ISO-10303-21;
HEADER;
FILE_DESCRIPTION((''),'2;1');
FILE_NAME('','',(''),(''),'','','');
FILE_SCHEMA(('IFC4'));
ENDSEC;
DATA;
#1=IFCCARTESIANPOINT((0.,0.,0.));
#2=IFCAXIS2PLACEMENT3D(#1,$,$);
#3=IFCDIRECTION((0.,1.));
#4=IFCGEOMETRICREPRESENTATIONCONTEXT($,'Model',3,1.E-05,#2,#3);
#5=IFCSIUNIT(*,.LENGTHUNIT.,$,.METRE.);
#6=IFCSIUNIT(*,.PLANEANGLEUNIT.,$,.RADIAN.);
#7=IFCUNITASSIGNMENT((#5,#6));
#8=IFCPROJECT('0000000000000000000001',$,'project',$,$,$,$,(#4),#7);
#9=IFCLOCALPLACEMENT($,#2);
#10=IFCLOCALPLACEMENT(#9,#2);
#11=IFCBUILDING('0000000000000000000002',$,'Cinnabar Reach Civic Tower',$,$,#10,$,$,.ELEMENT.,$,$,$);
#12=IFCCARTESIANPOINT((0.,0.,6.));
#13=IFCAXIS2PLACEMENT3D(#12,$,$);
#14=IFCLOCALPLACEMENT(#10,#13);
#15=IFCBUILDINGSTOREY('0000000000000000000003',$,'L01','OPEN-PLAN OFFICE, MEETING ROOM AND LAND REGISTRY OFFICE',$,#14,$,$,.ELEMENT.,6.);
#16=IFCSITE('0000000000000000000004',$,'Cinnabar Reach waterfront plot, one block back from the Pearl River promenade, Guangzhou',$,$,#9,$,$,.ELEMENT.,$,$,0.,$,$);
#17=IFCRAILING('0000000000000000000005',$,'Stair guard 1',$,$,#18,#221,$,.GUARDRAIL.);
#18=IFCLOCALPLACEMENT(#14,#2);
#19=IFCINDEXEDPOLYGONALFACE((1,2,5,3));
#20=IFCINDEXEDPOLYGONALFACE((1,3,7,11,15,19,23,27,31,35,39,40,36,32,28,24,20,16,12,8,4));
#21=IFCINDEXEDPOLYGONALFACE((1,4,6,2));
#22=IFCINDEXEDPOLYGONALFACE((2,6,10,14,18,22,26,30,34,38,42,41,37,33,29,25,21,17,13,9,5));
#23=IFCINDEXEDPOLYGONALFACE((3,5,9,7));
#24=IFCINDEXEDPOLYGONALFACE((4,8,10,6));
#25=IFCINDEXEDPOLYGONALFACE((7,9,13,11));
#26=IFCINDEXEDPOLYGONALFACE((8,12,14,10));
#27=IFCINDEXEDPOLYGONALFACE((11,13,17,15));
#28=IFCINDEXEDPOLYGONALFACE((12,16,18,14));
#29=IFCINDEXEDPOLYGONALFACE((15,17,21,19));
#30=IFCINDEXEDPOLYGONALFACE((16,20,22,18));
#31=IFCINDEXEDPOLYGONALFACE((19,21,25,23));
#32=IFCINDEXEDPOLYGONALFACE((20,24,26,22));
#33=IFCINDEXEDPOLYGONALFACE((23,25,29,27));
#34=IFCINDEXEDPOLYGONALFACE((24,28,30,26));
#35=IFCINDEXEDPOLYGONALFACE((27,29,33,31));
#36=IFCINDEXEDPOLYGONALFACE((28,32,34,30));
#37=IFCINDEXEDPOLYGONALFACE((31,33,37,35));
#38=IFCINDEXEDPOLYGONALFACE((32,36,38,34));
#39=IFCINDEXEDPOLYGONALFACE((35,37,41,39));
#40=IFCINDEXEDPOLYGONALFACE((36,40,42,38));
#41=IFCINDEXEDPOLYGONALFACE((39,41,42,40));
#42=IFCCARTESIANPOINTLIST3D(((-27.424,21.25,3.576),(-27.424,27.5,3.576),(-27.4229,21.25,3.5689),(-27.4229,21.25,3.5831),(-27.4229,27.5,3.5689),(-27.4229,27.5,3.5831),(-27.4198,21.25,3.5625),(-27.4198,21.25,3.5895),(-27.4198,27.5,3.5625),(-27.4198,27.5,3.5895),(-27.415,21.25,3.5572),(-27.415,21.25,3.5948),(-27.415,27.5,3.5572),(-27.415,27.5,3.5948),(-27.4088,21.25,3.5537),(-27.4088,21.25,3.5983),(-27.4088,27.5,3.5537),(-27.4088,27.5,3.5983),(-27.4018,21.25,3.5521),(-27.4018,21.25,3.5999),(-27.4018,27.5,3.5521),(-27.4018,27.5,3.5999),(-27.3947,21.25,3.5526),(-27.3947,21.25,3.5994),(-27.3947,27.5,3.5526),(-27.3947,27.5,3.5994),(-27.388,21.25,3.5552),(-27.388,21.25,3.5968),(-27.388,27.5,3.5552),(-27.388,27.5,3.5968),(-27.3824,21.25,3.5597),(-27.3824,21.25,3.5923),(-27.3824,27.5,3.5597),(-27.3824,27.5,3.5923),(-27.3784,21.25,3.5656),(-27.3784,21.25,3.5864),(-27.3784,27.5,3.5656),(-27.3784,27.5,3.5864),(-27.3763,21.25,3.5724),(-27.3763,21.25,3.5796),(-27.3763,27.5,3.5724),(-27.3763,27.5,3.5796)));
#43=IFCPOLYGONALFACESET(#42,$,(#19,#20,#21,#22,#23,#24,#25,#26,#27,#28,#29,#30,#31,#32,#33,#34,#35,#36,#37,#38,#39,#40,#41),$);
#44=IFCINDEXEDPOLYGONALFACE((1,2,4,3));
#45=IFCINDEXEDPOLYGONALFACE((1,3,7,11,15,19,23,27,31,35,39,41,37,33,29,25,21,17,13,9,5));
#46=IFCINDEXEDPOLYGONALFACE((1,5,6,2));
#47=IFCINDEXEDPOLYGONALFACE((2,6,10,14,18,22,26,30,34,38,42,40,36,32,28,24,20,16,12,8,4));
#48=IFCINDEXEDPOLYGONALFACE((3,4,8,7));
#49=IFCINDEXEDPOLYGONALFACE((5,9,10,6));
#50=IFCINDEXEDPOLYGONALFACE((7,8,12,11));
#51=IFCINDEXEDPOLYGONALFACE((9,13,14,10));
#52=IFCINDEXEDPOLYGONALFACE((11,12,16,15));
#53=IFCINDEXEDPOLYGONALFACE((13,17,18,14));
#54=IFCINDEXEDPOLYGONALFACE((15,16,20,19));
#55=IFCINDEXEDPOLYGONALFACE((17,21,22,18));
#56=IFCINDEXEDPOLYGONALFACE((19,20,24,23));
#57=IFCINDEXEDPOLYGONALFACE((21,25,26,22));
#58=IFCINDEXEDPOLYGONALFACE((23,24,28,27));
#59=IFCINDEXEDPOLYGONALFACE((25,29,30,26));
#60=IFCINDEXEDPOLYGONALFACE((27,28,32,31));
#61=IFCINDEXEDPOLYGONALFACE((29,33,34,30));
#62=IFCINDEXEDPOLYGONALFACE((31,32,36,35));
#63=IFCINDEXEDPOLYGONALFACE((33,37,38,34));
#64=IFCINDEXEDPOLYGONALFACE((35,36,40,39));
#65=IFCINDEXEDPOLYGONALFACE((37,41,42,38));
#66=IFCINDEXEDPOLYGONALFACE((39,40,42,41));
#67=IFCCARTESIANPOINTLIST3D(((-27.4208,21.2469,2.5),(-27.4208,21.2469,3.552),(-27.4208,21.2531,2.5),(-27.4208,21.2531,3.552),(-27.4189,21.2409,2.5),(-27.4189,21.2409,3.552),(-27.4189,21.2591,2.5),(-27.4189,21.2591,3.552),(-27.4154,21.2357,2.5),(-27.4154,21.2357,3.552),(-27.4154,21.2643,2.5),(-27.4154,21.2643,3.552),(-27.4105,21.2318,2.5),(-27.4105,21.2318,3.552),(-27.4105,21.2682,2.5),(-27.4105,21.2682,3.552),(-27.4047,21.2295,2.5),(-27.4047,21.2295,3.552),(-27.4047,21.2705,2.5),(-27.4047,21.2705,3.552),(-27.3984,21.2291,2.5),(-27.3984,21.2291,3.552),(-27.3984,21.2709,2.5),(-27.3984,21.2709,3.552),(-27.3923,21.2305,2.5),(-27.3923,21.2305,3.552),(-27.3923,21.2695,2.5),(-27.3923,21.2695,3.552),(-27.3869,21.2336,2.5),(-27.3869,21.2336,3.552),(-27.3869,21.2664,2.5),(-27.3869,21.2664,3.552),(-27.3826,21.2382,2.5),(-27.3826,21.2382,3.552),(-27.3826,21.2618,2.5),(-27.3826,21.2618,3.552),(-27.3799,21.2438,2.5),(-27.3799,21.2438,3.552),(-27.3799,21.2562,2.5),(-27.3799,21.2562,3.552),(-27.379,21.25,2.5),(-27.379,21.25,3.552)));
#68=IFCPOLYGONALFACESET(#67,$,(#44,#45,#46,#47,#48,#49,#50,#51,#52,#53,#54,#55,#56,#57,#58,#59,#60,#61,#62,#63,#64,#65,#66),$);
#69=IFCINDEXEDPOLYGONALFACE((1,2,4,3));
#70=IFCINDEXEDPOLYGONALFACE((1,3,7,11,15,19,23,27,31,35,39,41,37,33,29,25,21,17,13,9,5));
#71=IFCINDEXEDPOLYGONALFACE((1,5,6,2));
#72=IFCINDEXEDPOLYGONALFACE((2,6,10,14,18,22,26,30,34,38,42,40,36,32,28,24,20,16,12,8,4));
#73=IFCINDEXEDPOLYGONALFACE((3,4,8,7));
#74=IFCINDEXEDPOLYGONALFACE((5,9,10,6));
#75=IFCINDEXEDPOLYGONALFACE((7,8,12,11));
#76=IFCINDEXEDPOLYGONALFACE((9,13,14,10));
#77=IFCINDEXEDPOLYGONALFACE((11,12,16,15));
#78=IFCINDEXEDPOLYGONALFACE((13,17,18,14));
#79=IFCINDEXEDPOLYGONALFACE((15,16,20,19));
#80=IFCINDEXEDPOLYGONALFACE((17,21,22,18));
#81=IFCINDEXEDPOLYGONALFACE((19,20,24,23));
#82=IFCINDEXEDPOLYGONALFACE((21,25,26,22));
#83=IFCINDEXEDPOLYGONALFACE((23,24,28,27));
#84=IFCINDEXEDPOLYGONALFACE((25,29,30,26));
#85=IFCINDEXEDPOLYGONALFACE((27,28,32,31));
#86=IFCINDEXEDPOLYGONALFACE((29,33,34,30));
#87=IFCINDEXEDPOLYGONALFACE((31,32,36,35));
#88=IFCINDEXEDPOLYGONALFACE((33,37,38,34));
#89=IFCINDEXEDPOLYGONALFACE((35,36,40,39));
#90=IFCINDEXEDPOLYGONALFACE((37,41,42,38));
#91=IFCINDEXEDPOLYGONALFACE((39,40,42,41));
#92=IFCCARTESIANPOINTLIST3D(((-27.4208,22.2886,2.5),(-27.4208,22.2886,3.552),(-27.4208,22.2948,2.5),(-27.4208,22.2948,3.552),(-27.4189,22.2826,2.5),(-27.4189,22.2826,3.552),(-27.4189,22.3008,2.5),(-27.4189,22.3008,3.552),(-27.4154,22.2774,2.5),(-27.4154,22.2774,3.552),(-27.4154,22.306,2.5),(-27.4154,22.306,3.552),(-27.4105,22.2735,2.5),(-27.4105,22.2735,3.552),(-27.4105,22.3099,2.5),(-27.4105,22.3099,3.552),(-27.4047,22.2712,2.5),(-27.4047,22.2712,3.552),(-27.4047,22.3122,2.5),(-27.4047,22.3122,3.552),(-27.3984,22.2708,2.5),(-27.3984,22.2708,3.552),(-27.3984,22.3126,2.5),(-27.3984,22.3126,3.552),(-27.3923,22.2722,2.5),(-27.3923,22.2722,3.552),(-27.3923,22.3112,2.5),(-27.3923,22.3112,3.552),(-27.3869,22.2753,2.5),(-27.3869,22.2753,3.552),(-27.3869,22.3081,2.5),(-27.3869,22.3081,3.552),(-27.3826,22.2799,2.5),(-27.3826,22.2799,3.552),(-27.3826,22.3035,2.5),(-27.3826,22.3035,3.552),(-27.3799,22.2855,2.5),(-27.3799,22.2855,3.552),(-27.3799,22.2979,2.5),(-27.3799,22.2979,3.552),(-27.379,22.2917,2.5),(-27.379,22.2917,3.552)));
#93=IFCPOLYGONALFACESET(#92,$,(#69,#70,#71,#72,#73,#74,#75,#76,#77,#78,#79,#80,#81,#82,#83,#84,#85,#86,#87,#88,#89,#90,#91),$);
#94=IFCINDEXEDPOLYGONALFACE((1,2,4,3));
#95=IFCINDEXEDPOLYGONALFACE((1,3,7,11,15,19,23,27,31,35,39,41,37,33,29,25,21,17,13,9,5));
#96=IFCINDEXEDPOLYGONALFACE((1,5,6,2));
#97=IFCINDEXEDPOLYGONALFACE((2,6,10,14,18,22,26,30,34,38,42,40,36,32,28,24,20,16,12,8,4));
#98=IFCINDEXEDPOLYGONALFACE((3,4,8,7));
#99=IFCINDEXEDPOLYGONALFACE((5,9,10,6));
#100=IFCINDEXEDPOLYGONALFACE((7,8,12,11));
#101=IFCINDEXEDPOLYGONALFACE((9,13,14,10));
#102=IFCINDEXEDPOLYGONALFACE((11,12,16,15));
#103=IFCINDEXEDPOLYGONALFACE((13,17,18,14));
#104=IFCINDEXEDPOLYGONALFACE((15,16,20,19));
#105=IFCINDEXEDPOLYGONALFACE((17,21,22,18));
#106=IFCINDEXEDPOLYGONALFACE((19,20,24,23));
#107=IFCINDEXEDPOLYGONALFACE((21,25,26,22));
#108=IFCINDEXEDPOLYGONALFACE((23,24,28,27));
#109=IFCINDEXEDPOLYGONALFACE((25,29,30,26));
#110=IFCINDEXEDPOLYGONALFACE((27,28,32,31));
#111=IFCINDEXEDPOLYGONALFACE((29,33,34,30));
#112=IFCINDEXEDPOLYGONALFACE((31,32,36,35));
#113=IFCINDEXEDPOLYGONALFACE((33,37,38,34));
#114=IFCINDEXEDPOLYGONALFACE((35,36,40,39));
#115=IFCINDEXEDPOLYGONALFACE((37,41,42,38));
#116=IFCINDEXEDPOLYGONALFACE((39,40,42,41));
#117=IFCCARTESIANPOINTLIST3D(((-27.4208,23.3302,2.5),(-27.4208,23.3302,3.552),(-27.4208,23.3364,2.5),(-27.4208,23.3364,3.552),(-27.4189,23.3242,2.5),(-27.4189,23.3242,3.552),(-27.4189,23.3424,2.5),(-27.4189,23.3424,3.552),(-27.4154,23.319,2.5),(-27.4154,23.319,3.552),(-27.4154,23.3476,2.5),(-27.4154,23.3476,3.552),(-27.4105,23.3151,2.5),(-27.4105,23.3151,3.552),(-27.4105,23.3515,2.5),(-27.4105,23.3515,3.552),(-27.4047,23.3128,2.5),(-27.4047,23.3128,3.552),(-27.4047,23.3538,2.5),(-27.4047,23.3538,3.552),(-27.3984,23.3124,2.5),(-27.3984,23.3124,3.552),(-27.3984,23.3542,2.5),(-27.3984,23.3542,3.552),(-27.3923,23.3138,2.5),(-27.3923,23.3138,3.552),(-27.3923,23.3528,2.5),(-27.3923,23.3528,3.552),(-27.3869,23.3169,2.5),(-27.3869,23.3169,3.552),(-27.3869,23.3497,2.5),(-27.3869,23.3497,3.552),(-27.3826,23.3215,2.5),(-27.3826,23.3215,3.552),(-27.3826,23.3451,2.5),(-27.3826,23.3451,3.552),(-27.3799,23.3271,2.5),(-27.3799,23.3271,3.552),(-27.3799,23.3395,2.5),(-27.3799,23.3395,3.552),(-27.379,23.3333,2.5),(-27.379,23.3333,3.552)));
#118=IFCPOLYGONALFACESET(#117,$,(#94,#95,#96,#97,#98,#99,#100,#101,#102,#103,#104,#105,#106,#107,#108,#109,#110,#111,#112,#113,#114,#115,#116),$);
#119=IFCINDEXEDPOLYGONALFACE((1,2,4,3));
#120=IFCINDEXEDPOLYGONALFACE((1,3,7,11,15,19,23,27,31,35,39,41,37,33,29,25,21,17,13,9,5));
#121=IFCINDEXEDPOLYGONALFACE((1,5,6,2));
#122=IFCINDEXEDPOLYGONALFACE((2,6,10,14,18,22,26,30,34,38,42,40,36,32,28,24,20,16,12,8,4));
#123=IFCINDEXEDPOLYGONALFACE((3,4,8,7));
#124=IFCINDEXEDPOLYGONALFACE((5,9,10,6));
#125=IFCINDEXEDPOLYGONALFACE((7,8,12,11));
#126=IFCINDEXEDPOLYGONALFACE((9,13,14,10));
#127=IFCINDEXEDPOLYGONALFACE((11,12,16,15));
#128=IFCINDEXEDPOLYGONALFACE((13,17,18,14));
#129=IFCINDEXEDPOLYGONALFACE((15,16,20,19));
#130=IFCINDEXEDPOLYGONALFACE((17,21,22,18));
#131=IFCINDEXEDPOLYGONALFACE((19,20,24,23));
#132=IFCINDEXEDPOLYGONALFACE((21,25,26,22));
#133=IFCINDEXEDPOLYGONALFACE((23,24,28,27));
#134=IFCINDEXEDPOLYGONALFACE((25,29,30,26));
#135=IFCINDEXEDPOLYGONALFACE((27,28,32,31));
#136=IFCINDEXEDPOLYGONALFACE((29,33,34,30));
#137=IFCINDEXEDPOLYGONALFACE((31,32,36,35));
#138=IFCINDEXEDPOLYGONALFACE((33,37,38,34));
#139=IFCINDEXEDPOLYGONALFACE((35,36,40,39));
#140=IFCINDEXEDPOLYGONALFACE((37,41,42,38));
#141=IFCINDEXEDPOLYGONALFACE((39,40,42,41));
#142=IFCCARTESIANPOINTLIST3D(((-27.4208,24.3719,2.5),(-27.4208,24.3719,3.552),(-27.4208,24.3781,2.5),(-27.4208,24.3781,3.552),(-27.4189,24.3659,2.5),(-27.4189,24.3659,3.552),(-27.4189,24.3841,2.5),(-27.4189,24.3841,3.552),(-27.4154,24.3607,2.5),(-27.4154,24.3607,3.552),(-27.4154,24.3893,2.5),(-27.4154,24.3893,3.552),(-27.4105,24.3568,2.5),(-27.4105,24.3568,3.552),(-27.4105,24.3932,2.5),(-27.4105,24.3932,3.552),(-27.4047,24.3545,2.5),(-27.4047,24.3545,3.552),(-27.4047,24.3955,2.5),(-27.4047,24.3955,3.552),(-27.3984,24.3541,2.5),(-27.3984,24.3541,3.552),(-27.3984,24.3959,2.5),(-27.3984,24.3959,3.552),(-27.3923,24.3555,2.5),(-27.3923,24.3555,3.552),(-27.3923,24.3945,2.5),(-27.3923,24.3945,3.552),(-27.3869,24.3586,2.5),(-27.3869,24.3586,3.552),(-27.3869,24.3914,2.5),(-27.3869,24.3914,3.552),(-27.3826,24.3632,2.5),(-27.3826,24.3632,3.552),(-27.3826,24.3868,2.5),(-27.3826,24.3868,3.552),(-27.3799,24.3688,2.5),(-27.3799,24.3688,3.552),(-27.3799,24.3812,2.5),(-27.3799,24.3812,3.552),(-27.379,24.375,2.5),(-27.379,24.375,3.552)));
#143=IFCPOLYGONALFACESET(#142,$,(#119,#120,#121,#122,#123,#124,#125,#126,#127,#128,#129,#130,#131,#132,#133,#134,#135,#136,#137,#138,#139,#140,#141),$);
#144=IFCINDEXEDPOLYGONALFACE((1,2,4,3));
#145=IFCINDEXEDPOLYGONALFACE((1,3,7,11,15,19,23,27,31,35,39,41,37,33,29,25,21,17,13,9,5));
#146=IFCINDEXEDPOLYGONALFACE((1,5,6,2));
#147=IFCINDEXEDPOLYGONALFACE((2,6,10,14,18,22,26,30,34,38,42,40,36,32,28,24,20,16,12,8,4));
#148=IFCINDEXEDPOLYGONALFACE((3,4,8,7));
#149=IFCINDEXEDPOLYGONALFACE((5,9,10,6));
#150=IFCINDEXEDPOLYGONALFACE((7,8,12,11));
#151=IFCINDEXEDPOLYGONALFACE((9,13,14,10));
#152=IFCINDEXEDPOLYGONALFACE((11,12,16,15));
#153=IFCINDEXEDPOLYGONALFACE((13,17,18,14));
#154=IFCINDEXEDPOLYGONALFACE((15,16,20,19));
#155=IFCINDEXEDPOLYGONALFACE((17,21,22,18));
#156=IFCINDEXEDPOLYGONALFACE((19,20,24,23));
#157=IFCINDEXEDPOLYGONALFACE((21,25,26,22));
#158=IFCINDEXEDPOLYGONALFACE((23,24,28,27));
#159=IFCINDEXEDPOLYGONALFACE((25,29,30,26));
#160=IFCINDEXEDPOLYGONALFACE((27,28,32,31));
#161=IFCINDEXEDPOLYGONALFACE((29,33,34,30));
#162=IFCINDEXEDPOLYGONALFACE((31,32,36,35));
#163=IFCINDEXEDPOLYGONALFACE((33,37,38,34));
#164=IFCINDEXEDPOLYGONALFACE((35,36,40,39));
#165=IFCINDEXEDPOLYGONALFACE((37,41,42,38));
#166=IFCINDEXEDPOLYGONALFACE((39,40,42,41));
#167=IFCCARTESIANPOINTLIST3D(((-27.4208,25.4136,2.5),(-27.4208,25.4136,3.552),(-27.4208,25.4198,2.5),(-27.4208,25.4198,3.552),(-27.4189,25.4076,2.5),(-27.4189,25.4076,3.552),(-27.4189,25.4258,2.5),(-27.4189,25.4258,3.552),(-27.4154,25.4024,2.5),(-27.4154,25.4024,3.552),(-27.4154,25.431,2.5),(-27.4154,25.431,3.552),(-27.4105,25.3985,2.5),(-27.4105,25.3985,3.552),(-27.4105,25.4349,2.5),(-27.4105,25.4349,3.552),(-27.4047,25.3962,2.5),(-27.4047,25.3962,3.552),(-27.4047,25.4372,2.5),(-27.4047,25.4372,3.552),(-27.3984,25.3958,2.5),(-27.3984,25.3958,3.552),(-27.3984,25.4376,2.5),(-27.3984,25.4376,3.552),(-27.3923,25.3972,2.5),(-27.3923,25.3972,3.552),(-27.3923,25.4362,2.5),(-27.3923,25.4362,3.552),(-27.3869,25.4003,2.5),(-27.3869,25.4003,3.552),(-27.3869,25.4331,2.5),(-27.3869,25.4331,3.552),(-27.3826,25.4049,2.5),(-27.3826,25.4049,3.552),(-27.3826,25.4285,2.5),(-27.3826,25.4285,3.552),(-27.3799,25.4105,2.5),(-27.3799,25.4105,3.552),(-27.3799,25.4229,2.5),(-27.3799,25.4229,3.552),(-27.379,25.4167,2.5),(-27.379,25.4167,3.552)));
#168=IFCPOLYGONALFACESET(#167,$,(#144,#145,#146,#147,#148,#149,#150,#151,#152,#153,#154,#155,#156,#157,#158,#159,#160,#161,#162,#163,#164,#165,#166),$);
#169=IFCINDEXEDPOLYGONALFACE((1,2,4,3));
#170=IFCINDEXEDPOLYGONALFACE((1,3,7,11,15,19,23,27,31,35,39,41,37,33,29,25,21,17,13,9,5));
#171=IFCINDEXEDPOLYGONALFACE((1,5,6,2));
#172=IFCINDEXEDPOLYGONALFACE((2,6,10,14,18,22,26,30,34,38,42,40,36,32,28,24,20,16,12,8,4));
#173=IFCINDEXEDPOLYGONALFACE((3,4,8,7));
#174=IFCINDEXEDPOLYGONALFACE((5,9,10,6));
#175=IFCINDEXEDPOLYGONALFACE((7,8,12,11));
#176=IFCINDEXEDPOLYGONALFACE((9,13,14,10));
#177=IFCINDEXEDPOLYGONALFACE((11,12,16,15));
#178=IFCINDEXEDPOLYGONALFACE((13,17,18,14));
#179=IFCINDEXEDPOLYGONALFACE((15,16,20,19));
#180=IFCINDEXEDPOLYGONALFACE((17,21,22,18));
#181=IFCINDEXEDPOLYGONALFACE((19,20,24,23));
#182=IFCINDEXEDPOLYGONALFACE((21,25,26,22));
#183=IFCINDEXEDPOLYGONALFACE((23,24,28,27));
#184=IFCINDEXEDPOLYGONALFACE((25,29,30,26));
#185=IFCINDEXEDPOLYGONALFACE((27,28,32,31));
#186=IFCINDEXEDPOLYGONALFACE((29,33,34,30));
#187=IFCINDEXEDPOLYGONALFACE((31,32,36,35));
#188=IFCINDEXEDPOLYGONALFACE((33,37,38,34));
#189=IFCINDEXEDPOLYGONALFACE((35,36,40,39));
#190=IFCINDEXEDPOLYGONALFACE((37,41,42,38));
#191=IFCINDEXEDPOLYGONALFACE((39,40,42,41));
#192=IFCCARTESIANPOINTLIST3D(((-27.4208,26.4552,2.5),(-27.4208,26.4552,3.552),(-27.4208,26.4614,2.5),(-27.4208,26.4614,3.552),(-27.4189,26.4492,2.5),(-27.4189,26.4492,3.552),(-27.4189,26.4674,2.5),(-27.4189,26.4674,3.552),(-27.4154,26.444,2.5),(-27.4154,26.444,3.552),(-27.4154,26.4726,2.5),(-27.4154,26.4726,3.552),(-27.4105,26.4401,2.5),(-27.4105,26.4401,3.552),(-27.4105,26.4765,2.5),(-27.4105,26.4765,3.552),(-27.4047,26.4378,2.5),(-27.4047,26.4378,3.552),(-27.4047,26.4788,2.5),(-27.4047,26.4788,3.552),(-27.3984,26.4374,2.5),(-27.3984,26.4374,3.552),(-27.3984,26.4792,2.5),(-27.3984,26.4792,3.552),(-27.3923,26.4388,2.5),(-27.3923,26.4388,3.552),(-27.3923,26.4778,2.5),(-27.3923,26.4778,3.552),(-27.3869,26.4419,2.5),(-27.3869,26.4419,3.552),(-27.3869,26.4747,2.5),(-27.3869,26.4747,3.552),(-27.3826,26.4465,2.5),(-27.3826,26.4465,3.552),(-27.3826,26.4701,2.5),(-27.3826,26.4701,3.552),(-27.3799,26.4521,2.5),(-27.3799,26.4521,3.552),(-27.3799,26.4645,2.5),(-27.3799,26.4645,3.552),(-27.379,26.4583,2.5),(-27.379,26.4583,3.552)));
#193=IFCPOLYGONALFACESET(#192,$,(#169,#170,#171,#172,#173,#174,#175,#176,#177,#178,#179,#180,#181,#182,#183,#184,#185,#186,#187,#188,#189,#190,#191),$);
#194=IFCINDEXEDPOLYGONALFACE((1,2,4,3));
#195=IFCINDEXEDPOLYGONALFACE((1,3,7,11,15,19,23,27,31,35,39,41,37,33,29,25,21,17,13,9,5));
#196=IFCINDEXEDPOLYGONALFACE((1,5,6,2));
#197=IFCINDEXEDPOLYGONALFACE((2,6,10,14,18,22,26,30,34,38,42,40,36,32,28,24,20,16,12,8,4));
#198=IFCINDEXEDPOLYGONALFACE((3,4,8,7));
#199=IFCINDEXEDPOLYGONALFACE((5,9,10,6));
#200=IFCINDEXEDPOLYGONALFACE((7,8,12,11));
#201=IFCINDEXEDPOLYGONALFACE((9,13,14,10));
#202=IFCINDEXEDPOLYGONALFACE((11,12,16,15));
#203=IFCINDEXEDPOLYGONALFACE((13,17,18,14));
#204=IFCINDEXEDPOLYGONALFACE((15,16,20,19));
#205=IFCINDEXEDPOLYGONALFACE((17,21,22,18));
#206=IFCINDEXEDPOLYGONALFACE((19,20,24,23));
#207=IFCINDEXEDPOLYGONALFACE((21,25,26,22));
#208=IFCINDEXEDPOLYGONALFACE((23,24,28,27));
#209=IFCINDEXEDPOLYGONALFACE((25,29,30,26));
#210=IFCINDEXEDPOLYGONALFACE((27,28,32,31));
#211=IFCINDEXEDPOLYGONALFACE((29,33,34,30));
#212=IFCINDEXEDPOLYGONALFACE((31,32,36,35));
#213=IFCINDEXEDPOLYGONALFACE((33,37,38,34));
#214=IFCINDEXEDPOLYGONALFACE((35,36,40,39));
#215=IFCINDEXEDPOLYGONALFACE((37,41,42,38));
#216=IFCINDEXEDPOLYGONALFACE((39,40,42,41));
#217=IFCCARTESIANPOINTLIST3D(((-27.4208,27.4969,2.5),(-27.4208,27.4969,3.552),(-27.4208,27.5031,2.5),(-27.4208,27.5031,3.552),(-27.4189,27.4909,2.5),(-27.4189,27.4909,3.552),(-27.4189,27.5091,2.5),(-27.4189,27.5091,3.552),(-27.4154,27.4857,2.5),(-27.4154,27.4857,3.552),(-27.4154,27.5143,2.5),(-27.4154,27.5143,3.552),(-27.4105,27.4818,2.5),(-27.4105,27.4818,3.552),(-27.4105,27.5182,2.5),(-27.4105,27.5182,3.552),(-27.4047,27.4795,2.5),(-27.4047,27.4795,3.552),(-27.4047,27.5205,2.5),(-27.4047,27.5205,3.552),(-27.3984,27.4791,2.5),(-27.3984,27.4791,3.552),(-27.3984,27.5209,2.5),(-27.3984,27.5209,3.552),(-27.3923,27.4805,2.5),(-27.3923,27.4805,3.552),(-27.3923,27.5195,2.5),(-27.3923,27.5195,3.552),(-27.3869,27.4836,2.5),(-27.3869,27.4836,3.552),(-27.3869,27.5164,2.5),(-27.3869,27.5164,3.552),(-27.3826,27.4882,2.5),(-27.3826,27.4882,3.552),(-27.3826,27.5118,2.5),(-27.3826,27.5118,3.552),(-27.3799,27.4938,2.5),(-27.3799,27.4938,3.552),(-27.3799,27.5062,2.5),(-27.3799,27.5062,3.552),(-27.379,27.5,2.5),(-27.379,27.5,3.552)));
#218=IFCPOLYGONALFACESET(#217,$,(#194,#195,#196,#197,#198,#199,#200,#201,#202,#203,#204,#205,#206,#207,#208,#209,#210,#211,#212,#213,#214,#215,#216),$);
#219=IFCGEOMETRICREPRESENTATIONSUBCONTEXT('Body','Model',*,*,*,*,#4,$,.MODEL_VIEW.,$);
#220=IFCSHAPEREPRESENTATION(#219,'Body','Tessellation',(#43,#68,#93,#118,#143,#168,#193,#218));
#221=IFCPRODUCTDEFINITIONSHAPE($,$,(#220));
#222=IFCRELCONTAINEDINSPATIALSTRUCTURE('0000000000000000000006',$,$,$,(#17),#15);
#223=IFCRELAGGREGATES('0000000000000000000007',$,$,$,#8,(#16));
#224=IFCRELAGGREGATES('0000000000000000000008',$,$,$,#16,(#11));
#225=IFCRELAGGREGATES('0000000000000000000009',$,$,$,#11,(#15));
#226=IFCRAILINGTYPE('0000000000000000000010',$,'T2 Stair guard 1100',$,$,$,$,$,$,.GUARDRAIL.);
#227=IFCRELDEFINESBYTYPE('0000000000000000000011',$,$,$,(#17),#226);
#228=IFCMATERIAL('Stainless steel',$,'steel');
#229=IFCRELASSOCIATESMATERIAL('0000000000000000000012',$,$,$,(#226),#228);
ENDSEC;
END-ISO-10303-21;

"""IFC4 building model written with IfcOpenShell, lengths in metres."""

from ifc_helpers import new_model, si_unit, direction, frame, origin, origin_2d, place, context, subcontext, project, spatial, circle, extrude, material, type_object, element, save


model = new_model("IFC4")

# Units and contexts
model_context = context("Model", 3, precision=1e-05, world=origin(), true_north=direction((0.0, 1.0)))
body_context = subcontext(model_context, "Body", "Model", "MODEL_VIEW")
ifc_project = project(units=[si_unit("LENGTHUNIT", "METRE"), si_unit("PLANEANGLEUNIT", "RADIAN")], contexts=[model_context])

# Site, building, storey
site_placement = place(None, origin())
site = spatial("IfcSite", under=ifc_project, at=site_placement, Name="Cinnabar Reach waterfront plot, one block back from the Pearl River promenade, Guangzhou", CompositionType="ELEMENT", RefElevation=0.0)
building_placement = place(site_placement, origin())
building = spatial("IfcBuilding", under=site, at=building_placement, Name="Cinnabar Reach Civic Tower", CompositionType="ELEMENT")
storey_placement = place(building_placement, frame((0.0, 0.0, 6.0)))
storey = spatial("IfcBuildingStorey", under=building, at=storey_placement, Name="L01", Description="OPEN-PLAN OFFICE, MEETING ROOM AND LAND REGISTRY OFFICE", CompositionType="ELEMENT", Elevation=6.0)

# Railing
ifc_material_1 = material(Name="Stainless steel", Category="steel")
railing_type_1 = type_object("IfcRailingType", Name="T2 Stair guard 1100", PredefinedType="GUARDRAIL", material=ifc_material_1)
for number, where, name in (
    (1, (-27.4, 21.25, 2.5), "Stair guard 1"),
):
    element("IfcRailing", number, at=place(storey_placement, frame(where)), inside=storey, type_object=railing_type_1, Name=name, PredefinedType="GUARDRAIL", context=body_context, shape_type="SweptSolid", body=[
        extrude(circle(Radius=0.024, at=origin_2d()), frame((0.0, 0.0, 1.076), z_axis=(0.0, 1.0, 0.0), x_axis=(-1.0, 0.0, 0.0)), (0.0, 0.0, 1.0), 6.25),
        extrude(circle(Radius=0.021, at=origin_2d()), origin(), (0.0, 0.0, 1.0), 1.052),
        extrude(circle(Radius=0.021, at=origin_2d()), frame((0.0, 1.0417, 0.0)), (0.0, 0.0, 1.0), 1.052),
        extrude(circle(Radius=0.021, at=origin_2d()), frame((0.0, 2.0833, 0.0)), (0.0, 0.0, 1.0), 1.052),
        extrude(circle(Radius=0.021, at=origin_2d()), frame((0.0, 3.125, 0.0)), (0.0, 0.0, 1.0), 1.052),
        extrude(circle(Radius=0.021, at=origin_2d()), frame((0.0, 4.1667, 0.0)), (0.0, 0.0, 1.0), 1.052),
        extrude(circle(Radius=0.021, at=origin_2d()), frame((0.0, 5.2083, 0.0)), (0.0, 0.0, 1.0), 1.052),
        extrude(circle(Radius=0.021, at=origin_2d()), frame((0.0, 6.25, 0.0)), (0.0, 0.0, 1.0), 1.052),
    ])

save(model, "model.ifc")
